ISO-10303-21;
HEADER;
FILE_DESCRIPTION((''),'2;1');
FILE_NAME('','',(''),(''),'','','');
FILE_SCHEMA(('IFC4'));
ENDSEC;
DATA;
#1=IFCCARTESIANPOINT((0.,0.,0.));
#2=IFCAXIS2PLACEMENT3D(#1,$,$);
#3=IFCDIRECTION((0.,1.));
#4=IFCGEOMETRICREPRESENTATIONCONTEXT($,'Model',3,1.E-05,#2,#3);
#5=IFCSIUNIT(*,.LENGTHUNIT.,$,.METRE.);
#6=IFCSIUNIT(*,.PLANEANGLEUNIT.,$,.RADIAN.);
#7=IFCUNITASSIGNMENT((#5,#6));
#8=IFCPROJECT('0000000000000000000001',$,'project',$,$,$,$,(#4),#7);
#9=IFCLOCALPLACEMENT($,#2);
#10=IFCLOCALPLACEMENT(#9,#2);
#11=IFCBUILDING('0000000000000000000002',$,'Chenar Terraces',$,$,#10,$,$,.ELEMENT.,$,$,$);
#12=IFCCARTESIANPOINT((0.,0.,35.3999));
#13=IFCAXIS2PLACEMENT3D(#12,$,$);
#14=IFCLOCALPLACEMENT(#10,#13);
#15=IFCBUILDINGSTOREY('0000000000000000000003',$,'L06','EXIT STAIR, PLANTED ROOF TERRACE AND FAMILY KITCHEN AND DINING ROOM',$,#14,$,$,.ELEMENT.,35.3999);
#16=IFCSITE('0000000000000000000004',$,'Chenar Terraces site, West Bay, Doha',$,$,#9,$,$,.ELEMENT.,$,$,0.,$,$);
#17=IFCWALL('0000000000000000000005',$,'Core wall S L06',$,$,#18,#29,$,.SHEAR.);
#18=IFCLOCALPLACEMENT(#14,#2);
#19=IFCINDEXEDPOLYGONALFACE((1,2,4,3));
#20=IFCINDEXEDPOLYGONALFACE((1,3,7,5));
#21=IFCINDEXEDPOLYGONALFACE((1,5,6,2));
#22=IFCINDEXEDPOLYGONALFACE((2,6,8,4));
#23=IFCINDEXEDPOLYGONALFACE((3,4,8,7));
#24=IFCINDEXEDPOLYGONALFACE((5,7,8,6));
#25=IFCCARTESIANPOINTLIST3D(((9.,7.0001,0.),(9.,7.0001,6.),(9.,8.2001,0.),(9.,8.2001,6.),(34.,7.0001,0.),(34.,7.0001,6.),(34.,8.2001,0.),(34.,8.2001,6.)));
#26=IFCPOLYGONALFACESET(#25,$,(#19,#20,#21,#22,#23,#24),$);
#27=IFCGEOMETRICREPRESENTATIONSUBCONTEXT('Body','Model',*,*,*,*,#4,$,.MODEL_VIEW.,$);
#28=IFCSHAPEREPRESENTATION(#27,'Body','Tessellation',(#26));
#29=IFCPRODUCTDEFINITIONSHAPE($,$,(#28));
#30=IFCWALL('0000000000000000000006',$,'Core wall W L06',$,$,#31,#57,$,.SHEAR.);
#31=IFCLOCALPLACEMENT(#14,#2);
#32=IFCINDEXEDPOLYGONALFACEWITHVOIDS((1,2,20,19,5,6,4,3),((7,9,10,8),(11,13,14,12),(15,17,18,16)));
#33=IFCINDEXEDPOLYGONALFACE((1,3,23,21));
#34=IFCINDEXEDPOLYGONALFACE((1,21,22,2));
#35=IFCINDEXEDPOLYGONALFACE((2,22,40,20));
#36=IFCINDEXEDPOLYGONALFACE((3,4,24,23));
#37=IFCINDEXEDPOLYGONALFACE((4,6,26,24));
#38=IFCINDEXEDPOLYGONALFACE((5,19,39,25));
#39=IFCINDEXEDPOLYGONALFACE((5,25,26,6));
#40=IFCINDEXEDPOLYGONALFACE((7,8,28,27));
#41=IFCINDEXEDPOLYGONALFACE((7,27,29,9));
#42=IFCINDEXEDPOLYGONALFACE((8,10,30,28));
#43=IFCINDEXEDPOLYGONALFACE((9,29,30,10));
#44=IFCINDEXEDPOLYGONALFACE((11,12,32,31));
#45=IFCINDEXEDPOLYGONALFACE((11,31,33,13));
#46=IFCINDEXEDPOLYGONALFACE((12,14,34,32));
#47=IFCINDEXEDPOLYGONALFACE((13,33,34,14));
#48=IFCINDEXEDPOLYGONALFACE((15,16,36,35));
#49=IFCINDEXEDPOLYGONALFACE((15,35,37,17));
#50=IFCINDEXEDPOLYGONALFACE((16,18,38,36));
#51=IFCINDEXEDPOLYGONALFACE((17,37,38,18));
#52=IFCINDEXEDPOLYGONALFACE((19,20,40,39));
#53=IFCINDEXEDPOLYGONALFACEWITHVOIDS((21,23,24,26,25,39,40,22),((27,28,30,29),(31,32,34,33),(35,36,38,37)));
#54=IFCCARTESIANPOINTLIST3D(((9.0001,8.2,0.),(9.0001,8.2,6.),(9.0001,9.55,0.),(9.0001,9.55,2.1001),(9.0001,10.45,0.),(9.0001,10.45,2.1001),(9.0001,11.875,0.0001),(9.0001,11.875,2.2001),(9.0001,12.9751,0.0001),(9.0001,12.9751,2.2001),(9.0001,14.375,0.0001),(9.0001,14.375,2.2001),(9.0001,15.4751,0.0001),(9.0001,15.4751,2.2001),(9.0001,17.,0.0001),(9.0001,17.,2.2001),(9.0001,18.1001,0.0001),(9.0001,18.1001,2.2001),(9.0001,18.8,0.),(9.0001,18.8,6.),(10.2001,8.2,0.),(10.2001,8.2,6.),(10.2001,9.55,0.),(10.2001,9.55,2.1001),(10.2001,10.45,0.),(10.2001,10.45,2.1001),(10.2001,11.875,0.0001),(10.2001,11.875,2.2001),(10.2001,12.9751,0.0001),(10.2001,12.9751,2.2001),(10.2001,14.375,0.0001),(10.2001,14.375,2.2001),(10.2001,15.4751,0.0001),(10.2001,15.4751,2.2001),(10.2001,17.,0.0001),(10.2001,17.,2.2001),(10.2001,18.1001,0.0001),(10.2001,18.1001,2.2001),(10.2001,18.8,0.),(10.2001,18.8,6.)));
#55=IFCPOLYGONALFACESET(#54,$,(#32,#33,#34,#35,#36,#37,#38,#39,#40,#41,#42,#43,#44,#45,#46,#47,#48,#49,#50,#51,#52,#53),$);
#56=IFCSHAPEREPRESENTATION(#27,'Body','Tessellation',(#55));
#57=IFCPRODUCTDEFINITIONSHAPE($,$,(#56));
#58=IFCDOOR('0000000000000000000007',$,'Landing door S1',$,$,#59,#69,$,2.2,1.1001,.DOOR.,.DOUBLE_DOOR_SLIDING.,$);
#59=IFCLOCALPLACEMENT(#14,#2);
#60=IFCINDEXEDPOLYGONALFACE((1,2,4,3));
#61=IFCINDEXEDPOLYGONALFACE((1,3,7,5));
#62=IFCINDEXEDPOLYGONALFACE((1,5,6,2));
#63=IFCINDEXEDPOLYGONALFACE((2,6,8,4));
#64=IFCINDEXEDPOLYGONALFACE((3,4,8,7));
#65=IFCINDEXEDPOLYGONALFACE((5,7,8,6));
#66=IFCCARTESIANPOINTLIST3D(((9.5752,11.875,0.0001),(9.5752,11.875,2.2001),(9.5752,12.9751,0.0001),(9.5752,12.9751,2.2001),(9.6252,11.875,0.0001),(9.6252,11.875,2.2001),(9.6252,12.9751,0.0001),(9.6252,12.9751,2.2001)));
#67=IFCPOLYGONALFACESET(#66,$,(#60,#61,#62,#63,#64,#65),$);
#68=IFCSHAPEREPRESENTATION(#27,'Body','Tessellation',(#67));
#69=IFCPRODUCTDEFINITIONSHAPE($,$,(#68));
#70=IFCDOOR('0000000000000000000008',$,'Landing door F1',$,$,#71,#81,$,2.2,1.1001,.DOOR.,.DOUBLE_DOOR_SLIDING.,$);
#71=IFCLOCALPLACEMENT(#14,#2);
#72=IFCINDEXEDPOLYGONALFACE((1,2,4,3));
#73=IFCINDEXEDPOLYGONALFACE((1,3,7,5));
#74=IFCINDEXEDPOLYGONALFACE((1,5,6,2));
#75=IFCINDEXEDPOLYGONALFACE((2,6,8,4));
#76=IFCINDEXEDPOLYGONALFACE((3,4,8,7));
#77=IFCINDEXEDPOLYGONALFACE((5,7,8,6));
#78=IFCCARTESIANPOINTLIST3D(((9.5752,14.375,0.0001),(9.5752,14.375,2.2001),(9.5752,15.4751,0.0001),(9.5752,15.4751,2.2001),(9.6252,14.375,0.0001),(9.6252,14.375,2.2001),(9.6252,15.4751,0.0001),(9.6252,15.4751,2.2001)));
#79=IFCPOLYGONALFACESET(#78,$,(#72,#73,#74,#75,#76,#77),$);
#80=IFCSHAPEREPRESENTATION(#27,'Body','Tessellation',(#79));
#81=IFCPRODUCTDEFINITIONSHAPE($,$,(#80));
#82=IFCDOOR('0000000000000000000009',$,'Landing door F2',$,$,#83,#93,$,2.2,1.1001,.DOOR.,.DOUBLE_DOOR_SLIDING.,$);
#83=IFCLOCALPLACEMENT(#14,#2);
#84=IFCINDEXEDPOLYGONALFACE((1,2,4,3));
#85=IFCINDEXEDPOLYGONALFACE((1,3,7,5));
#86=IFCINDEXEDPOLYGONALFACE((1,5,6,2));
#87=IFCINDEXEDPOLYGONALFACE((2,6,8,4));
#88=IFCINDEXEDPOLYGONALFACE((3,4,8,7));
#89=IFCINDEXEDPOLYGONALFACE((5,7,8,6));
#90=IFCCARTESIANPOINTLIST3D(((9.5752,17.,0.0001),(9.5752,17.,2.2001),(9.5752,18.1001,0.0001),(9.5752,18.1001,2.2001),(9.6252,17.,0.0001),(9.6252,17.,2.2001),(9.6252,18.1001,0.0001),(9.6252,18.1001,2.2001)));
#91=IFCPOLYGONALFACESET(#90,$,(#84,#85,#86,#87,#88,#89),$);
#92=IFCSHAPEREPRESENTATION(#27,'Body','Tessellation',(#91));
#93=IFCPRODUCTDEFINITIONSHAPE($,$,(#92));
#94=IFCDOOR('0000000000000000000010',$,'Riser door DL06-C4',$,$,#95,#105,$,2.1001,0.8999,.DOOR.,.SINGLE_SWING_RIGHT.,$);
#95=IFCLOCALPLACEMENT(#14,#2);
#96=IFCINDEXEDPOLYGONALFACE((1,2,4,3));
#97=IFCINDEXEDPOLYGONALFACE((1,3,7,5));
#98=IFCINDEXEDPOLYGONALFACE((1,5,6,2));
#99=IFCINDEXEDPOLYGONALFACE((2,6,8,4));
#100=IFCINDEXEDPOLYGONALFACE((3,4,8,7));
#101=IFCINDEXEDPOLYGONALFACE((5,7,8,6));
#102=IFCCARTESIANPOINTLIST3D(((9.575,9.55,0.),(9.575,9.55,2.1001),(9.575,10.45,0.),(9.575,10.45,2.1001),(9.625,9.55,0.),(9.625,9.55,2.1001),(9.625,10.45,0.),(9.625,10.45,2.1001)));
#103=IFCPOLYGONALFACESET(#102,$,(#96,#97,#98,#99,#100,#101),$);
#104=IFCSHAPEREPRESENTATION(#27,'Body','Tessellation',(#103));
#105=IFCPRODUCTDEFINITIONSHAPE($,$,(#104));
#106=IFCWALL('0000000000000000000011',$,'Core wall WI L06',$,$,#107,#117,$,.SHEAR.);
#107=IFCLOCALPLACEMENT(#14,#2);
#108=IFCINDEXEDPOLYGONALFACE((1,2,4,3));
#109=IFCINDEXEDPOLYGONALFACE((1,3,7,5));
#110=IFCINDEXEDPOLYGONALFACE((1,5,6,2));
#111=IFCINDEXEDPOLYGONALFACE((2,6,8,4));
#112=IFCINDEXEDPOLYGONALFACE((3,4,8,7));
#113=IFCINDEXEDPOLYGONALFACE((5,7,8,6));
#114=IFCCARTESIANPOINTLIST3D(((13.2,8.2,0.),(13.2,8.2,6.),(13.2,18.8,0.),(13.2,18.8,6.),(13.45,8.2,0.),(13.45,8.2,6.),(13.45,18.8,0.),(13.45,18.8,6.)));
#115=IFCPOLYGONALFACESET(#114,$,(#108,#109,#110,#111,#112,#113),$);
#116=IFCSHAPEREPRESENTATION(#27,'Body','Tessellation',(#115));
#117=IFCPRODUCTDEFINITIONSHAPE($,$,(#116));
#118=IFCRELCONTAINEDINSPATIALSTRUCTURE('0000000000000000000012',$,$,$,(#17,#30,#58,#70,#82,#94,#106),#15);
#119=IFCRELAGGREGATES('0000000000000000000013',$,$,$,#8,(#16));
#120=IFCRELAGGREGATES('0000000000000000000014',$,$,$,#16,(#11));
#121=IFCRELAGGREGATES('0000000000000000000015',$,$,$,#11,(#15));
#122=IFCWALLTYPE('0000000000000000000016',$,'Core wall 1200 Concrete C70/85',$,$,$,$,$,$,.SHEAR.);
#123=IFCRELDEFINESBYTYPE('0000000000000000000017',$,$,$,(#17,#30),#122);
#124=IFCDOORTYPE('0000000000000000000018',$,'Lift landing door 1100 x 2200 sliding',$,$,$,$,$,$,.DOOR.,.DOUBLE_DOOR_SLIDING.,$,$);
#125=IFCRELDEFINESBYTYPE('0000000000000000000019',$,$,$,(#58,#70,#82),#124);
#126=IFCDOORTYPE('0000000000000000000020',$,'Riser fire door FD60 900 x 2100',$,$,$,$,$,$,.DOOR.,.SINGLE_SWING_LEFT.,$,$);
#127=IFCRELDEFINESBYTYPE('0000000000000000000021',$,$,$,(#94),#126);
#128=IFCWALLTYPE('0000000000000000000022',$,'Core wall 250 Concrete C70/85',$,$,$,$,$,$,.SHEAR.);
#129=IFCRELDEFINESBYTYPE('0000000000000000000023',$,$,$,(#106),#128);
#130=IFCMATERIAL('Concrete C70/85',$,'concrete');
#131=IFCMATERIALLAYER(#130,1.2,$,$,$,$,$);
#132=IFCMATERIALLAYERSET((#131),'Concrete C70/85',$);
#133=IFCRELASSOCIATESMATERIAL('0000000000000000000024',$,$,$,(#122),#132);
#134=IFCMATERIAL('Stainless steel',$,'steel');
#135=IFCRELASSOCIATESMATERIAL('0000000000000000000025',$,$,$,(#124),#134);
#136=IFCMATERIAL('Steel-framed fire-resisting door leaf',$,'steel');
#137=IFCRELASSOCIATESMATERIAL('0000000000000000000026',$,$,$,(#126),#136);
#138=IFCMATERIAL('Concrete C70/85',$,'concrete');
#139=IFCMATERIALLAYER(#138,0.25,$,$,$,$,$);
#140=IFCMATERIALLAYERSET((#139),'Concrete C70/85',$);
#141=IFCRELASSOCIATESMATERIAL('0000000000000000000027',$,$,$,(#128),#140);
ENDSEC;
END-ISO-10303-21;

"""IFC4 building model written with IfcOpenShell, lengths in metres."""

from ifc_helpers import new_model, si_unit, direction, frame, frame_2d, origin, place, context, subcontext, project, spatial, rectangle, extrude, material, layer, layer_set, type_object, element, fill, save


model = new_model("IFC4")

# Units and contexts
model_context = context("Model", 3, precision=1e-05, world=origin(), true_north=direction((0.0, 1.0)))
body_context = subcontext(model_context, "Body", "Model", "MODEL_VIEW")
ifc_project = project(units=[si_unit("LENGTHUNIT", "METRE"), si_unit("PLANEANGLEUNIT", "RADIAN")], contexts=[model_context])

# Site, building, storey
site_placement = place(None, origin())
site = spatial("IfcSite", under=ifc_project, at=site_placement, Name="Chenar Terraces site, West Bay, Doha", CompositionType="ELEMENT", RefElevation=0.0)
building_placement = place(site_placement, origin())
building = spatial("IfcBuilding", under=site, at=building_placement, Name="Chenar Terraces", CompositionType="ELEMENT")
storey_placement = place(building_placement, frame((0.0, 0.0, 35.3999)))
storey = spatial("IfcBuildingStorey", under=building, at=storey_placement, Name="L06", Description="EXIT STAIR, PLANTED ROOF TERRACE AND FAMILY KITCHEN AND DINING ROOM", CompositionType="ELEMENT", Elevation=35.3999)

# Wall
ifc_material_1 = material(Name="Concrete C70/85", Category="concrete")
ifc_layer_1 = layer(ifc_material_1, 1.2)
ifc_layer_set_1 = layer_set([ifc_layer_1], Name="Concrete C70/85")
wall_type_1 = type_object("IfcWallType", Name="Core wall 1200 Concrete C70/85", PredefinedType="SHEAR", material=ifc_layer_set_1)
wall_1_placement = place(storey_placement, frame((9.0, 7.6001, 0.0), z_axis=(0.0, 0.0, 1.0), x_axis=(1.0, 0.0, 0.0)))
element("IfcWall", 1, at=wall_1_placement, inside=storey, type_object=wall_type_1, Name="Core wall S L06", PredefinedType="SHEAR", context=body_context, shape_type="SweptSolid", body=[
    extrude(rectangle(XDim=25.0, YDim=1.2, at=frame_2d((12.5, 0.0))), origin(), (0.0, 0.0, 1.0), 6.0),
])

# Wall, openings, doors
wall_2_placement = place(storey_placement, frame((9.6001, 8.2, 0.0), z_axis=(0.0, 0.0, 1.0), x_axis=(0.0, 1.0, 0.0)))
wall_2 = element("IfcWall", 2, at=wall_2_placement, inside=storey, type_object=wall_type_1, Name="Core wall W L06", PredefinedType="SHEAR", context=body_context, shape_type="SweptSolid", body=[
    extrude(rectangle(XDim=10.6001, YDim=1.2, at=frame_2d((5.3, 0.0))), origin(), (0.0, 0.0, 1.0), 6.0),
])
opening_1_placement = place(wall_2_placement, frame((3.675, 0.0, 0.0)))
opening_1 = element("IfcOpeningElement", 3, at=opening_1_placement, cuts=wall_2, PredefinedType="OPENING", context=body_context, shape_type="SweptSolid", body=[
    extrude(rectangle(XDim=1.1001, YDim=2.2, at=frame_2d((0.55, 1.1001))), frame((0.0, 0.6099, 0.0), z_axis=(0.0, -1.0, 0.0), x_axis=(1.0, 0.0, 0.0)), (0.0, 0.0, 1.0), 1.22),
])
opening_2_placement = place(wall_2_placement, frame((6.175, 0.0, 0.0)))
opening_2 = element("IfcOpeningElement", 4, at=opening_2_placement, cuts=wall_2, PredefinedType="OPENING", context=body_context, shape_type="SweptSolid", body=[
    extrude(rectangle(XDim=1.1001, YDim=2.2, at=frame_2d((0.55, 1.1001))), frame((0.0, 0.6099, 0.0), z_axis=(0.0, -1.0, 0.0), x_axis=(1.0, 0.0, 0.0)), (0.0, 0.0, 1.0), 1.22),
])
opening_3_placement = place(wall_2_placement, frame((8.8, 0.0, 0.0)))
opening_3 = element("IfcOpeningElement", 5, at=opening_3_placement, cuts=wall_2, PredefinedType="OPENING", context=body_context, shape_type="SweptSolid", body=[
    extrude(rectangle(XDim=1.1001, YDim=2.2, at=frame_2d((0.55, 1.1001))), frame((0.0, 0.6099, 0.0), z_axis=(0.0, -1.0, 0.0), x_axis=(1.0, 0.0, 0.0)), (0.0, 0.0, 1.0), 1.22),
])
opening_4_placement = place(wall_2_placement, frame((1.3501, 0.0, 0.0)))
opening_4 = element("IfcOpeningElement", 6, at=opening_4_placement, cuts=wall_2, PredefinedType="OPENING", context=body_context, shape_type="SweptSolid", body=[
    extrude(rectangle(XDim=0.8999, YDim=2.1001, at=frame_2d((0.45, 1.05))), frame((0.0, 0.6099, 0.0), z_axis=(0.0, -1.0, 0.0), x_axis=(1.0, 0.0, 0.0)), (0.0, 0.0, 1.0), 1.22),
])
ifc_material_2 = material(Name="Stainless steel", Category="steel")
door_type_1 = type_object("IfcDoorType", Name="Lift landing door 1100 x 2200 sliding", OperationType="DOUBLE_DOOR_SLIDING", PredefinedType="DOOR", material=ifc_material_2)
door_1_placement = place(opening_1_placement, origin())
door_1 = element("IfcDoor", 7, at=door_1_placement, inside=storey, type_object=door_type_1, Name="Landing door S1", OperationType="DOUBLE_DOOR_SLIDING", OverallHeight=2.2, OverallWidth=1.1001, PredefinedType="DOOR", context=body_context, shape_type="SweptSolid", body=[
    extrude(rectangle(XDim=1.1001, YDim=2.2, at=frame_2d((0.55, 1.1001))), frame((0.0, 0.0249, 0.0), z_axis=(0.0, -1.0, 0.0), x_axis=(1.0, 0.0, 0.0)), (0.0, 0.0, 1.0), 0.05),
])
fill(opening_1, door_1)
door_2_placement = place(opening_2_placement, origin())
door_2 = element("IfcDoor", 8, at=door_2_placement, inside=storey, type_object=door_type_1, Name="Landing door F1", OperationType="DOUBLE_DOOR_SLIDING", OverallHeight=2.2, OverallWidth=1.1001, PredefinedType="DOOR", context=body_context, shape_type="SweptSolid", body=[
    extrude(rectangle(XDim=1.1001, YDim=2.2, at=frame_2d((0.55, 1.1001))), frame((0.0, 0.0249, 0.0), z_axis=(0.0, -1.0, 0.0), x_axis=(1.0, 0.0, 0.0)), (0.0, 0.0, 1.0), 0.05),
])
fill(opening_2, door_2)
door_3_placement = place(opening_3_placement, origin())
door_3 = element("IfcDoor", 9, at=door_3_placement, inside=storey, type_object=door_type_1, Name="Landing door F2", OperationType="DOUBLE_DOOR_SLIDING", OverallHeight=2.2, OverallWidth=1.1001, PredefinedType="DOOR", context=body_context, shape_type="SweptSolid", body=[
    extrude(rectangle(XDim=1.1001, YDim=2.2, at=frame_2d((0.55, 1.1001))), frame((0.0, 0.0249, 0.0), z_axis=(0.0, -1.0, 0.0), x_axis=(1.0, 0.0, 0.0)), (0.0, 0.0, 1.0), 0.05),
])
fill(opening_3, door_3)
ifc_material_3 = material(Name="Steel-framed fire-resisting door leaf", Category="steel")
door_type_2 = type_object("IfcDoorType", Name="Riser fire door FD60 900 x 2100", OperationType="SINGLE_SWING_LEFT", PredefinedType="DOOR", material=ifc_material_3)
door_4_placement = place(opening_4_placement, frame((0.8999, 0.0, 0.0), z_axis=(0.0, 0.0, 1.0), x_axis=(-1.0, 0.0, 0.0)))
door_4 = element("IfcDoor", 10, at=door_4_placement, inside=storey, type_object=door_type_2, Name="Riser door DL06-C4", OperationType="SINGLE_SWING_RIGHT", OverallHeight=2.1001, OverallWidth=0.8999, PredefinedType="DOOR", context=body_context, shape_type="SweptSolid", body=[
    extrude(rectangle(XDim=0.8999, YDim=2.1001, at=frame_2d((0.45, 1.05))), frame((0.0, 0.0249, 0.0), z_axis=(0.0, -1.0, 0.0), x_axis=(1.0, 0.0, 0.0)), (0.0, 0.0, 1.0), 0.05),
])
fill(opening_4, door_4)

# Wall
ifc_material_4 = material(Name="Concrete C70/85", Category="concrete")
ifc_layer_2 = layer(ifc_material_4, 0.25)
ifc_layer_set_2 = layer_set([ifc_layer_2], Name="Concrete C70/85")
wall_type_2 = type_object("IfcWallType", Name="Core wall 250 Concrete C70/85", PredefinedType="SHEAR", material=ifc_layer_set_2)
wall_3_placement = place(storey_placement, frame((13.325, 8.2, 0.0), z_axis=(0.0, 0.0, 1.0), x_axis=(0.0, 1.0, 0.0)))
element("IfcWall", 11, at=wall_3_placement, inside=storey, type_object=wall_type_2, Name="Core wall WI L06", PredefinedType="SHEAR", context=body_context, shape_type="SweptSolid", body=[
    extrude(rectangle(XDim=10.6001, YDim=0.25, at=frame_2d((5.3, 0.0))), origin(), (0.0, 0.0, 1.0), 6.0),
])

save(model, "model.ifc")
